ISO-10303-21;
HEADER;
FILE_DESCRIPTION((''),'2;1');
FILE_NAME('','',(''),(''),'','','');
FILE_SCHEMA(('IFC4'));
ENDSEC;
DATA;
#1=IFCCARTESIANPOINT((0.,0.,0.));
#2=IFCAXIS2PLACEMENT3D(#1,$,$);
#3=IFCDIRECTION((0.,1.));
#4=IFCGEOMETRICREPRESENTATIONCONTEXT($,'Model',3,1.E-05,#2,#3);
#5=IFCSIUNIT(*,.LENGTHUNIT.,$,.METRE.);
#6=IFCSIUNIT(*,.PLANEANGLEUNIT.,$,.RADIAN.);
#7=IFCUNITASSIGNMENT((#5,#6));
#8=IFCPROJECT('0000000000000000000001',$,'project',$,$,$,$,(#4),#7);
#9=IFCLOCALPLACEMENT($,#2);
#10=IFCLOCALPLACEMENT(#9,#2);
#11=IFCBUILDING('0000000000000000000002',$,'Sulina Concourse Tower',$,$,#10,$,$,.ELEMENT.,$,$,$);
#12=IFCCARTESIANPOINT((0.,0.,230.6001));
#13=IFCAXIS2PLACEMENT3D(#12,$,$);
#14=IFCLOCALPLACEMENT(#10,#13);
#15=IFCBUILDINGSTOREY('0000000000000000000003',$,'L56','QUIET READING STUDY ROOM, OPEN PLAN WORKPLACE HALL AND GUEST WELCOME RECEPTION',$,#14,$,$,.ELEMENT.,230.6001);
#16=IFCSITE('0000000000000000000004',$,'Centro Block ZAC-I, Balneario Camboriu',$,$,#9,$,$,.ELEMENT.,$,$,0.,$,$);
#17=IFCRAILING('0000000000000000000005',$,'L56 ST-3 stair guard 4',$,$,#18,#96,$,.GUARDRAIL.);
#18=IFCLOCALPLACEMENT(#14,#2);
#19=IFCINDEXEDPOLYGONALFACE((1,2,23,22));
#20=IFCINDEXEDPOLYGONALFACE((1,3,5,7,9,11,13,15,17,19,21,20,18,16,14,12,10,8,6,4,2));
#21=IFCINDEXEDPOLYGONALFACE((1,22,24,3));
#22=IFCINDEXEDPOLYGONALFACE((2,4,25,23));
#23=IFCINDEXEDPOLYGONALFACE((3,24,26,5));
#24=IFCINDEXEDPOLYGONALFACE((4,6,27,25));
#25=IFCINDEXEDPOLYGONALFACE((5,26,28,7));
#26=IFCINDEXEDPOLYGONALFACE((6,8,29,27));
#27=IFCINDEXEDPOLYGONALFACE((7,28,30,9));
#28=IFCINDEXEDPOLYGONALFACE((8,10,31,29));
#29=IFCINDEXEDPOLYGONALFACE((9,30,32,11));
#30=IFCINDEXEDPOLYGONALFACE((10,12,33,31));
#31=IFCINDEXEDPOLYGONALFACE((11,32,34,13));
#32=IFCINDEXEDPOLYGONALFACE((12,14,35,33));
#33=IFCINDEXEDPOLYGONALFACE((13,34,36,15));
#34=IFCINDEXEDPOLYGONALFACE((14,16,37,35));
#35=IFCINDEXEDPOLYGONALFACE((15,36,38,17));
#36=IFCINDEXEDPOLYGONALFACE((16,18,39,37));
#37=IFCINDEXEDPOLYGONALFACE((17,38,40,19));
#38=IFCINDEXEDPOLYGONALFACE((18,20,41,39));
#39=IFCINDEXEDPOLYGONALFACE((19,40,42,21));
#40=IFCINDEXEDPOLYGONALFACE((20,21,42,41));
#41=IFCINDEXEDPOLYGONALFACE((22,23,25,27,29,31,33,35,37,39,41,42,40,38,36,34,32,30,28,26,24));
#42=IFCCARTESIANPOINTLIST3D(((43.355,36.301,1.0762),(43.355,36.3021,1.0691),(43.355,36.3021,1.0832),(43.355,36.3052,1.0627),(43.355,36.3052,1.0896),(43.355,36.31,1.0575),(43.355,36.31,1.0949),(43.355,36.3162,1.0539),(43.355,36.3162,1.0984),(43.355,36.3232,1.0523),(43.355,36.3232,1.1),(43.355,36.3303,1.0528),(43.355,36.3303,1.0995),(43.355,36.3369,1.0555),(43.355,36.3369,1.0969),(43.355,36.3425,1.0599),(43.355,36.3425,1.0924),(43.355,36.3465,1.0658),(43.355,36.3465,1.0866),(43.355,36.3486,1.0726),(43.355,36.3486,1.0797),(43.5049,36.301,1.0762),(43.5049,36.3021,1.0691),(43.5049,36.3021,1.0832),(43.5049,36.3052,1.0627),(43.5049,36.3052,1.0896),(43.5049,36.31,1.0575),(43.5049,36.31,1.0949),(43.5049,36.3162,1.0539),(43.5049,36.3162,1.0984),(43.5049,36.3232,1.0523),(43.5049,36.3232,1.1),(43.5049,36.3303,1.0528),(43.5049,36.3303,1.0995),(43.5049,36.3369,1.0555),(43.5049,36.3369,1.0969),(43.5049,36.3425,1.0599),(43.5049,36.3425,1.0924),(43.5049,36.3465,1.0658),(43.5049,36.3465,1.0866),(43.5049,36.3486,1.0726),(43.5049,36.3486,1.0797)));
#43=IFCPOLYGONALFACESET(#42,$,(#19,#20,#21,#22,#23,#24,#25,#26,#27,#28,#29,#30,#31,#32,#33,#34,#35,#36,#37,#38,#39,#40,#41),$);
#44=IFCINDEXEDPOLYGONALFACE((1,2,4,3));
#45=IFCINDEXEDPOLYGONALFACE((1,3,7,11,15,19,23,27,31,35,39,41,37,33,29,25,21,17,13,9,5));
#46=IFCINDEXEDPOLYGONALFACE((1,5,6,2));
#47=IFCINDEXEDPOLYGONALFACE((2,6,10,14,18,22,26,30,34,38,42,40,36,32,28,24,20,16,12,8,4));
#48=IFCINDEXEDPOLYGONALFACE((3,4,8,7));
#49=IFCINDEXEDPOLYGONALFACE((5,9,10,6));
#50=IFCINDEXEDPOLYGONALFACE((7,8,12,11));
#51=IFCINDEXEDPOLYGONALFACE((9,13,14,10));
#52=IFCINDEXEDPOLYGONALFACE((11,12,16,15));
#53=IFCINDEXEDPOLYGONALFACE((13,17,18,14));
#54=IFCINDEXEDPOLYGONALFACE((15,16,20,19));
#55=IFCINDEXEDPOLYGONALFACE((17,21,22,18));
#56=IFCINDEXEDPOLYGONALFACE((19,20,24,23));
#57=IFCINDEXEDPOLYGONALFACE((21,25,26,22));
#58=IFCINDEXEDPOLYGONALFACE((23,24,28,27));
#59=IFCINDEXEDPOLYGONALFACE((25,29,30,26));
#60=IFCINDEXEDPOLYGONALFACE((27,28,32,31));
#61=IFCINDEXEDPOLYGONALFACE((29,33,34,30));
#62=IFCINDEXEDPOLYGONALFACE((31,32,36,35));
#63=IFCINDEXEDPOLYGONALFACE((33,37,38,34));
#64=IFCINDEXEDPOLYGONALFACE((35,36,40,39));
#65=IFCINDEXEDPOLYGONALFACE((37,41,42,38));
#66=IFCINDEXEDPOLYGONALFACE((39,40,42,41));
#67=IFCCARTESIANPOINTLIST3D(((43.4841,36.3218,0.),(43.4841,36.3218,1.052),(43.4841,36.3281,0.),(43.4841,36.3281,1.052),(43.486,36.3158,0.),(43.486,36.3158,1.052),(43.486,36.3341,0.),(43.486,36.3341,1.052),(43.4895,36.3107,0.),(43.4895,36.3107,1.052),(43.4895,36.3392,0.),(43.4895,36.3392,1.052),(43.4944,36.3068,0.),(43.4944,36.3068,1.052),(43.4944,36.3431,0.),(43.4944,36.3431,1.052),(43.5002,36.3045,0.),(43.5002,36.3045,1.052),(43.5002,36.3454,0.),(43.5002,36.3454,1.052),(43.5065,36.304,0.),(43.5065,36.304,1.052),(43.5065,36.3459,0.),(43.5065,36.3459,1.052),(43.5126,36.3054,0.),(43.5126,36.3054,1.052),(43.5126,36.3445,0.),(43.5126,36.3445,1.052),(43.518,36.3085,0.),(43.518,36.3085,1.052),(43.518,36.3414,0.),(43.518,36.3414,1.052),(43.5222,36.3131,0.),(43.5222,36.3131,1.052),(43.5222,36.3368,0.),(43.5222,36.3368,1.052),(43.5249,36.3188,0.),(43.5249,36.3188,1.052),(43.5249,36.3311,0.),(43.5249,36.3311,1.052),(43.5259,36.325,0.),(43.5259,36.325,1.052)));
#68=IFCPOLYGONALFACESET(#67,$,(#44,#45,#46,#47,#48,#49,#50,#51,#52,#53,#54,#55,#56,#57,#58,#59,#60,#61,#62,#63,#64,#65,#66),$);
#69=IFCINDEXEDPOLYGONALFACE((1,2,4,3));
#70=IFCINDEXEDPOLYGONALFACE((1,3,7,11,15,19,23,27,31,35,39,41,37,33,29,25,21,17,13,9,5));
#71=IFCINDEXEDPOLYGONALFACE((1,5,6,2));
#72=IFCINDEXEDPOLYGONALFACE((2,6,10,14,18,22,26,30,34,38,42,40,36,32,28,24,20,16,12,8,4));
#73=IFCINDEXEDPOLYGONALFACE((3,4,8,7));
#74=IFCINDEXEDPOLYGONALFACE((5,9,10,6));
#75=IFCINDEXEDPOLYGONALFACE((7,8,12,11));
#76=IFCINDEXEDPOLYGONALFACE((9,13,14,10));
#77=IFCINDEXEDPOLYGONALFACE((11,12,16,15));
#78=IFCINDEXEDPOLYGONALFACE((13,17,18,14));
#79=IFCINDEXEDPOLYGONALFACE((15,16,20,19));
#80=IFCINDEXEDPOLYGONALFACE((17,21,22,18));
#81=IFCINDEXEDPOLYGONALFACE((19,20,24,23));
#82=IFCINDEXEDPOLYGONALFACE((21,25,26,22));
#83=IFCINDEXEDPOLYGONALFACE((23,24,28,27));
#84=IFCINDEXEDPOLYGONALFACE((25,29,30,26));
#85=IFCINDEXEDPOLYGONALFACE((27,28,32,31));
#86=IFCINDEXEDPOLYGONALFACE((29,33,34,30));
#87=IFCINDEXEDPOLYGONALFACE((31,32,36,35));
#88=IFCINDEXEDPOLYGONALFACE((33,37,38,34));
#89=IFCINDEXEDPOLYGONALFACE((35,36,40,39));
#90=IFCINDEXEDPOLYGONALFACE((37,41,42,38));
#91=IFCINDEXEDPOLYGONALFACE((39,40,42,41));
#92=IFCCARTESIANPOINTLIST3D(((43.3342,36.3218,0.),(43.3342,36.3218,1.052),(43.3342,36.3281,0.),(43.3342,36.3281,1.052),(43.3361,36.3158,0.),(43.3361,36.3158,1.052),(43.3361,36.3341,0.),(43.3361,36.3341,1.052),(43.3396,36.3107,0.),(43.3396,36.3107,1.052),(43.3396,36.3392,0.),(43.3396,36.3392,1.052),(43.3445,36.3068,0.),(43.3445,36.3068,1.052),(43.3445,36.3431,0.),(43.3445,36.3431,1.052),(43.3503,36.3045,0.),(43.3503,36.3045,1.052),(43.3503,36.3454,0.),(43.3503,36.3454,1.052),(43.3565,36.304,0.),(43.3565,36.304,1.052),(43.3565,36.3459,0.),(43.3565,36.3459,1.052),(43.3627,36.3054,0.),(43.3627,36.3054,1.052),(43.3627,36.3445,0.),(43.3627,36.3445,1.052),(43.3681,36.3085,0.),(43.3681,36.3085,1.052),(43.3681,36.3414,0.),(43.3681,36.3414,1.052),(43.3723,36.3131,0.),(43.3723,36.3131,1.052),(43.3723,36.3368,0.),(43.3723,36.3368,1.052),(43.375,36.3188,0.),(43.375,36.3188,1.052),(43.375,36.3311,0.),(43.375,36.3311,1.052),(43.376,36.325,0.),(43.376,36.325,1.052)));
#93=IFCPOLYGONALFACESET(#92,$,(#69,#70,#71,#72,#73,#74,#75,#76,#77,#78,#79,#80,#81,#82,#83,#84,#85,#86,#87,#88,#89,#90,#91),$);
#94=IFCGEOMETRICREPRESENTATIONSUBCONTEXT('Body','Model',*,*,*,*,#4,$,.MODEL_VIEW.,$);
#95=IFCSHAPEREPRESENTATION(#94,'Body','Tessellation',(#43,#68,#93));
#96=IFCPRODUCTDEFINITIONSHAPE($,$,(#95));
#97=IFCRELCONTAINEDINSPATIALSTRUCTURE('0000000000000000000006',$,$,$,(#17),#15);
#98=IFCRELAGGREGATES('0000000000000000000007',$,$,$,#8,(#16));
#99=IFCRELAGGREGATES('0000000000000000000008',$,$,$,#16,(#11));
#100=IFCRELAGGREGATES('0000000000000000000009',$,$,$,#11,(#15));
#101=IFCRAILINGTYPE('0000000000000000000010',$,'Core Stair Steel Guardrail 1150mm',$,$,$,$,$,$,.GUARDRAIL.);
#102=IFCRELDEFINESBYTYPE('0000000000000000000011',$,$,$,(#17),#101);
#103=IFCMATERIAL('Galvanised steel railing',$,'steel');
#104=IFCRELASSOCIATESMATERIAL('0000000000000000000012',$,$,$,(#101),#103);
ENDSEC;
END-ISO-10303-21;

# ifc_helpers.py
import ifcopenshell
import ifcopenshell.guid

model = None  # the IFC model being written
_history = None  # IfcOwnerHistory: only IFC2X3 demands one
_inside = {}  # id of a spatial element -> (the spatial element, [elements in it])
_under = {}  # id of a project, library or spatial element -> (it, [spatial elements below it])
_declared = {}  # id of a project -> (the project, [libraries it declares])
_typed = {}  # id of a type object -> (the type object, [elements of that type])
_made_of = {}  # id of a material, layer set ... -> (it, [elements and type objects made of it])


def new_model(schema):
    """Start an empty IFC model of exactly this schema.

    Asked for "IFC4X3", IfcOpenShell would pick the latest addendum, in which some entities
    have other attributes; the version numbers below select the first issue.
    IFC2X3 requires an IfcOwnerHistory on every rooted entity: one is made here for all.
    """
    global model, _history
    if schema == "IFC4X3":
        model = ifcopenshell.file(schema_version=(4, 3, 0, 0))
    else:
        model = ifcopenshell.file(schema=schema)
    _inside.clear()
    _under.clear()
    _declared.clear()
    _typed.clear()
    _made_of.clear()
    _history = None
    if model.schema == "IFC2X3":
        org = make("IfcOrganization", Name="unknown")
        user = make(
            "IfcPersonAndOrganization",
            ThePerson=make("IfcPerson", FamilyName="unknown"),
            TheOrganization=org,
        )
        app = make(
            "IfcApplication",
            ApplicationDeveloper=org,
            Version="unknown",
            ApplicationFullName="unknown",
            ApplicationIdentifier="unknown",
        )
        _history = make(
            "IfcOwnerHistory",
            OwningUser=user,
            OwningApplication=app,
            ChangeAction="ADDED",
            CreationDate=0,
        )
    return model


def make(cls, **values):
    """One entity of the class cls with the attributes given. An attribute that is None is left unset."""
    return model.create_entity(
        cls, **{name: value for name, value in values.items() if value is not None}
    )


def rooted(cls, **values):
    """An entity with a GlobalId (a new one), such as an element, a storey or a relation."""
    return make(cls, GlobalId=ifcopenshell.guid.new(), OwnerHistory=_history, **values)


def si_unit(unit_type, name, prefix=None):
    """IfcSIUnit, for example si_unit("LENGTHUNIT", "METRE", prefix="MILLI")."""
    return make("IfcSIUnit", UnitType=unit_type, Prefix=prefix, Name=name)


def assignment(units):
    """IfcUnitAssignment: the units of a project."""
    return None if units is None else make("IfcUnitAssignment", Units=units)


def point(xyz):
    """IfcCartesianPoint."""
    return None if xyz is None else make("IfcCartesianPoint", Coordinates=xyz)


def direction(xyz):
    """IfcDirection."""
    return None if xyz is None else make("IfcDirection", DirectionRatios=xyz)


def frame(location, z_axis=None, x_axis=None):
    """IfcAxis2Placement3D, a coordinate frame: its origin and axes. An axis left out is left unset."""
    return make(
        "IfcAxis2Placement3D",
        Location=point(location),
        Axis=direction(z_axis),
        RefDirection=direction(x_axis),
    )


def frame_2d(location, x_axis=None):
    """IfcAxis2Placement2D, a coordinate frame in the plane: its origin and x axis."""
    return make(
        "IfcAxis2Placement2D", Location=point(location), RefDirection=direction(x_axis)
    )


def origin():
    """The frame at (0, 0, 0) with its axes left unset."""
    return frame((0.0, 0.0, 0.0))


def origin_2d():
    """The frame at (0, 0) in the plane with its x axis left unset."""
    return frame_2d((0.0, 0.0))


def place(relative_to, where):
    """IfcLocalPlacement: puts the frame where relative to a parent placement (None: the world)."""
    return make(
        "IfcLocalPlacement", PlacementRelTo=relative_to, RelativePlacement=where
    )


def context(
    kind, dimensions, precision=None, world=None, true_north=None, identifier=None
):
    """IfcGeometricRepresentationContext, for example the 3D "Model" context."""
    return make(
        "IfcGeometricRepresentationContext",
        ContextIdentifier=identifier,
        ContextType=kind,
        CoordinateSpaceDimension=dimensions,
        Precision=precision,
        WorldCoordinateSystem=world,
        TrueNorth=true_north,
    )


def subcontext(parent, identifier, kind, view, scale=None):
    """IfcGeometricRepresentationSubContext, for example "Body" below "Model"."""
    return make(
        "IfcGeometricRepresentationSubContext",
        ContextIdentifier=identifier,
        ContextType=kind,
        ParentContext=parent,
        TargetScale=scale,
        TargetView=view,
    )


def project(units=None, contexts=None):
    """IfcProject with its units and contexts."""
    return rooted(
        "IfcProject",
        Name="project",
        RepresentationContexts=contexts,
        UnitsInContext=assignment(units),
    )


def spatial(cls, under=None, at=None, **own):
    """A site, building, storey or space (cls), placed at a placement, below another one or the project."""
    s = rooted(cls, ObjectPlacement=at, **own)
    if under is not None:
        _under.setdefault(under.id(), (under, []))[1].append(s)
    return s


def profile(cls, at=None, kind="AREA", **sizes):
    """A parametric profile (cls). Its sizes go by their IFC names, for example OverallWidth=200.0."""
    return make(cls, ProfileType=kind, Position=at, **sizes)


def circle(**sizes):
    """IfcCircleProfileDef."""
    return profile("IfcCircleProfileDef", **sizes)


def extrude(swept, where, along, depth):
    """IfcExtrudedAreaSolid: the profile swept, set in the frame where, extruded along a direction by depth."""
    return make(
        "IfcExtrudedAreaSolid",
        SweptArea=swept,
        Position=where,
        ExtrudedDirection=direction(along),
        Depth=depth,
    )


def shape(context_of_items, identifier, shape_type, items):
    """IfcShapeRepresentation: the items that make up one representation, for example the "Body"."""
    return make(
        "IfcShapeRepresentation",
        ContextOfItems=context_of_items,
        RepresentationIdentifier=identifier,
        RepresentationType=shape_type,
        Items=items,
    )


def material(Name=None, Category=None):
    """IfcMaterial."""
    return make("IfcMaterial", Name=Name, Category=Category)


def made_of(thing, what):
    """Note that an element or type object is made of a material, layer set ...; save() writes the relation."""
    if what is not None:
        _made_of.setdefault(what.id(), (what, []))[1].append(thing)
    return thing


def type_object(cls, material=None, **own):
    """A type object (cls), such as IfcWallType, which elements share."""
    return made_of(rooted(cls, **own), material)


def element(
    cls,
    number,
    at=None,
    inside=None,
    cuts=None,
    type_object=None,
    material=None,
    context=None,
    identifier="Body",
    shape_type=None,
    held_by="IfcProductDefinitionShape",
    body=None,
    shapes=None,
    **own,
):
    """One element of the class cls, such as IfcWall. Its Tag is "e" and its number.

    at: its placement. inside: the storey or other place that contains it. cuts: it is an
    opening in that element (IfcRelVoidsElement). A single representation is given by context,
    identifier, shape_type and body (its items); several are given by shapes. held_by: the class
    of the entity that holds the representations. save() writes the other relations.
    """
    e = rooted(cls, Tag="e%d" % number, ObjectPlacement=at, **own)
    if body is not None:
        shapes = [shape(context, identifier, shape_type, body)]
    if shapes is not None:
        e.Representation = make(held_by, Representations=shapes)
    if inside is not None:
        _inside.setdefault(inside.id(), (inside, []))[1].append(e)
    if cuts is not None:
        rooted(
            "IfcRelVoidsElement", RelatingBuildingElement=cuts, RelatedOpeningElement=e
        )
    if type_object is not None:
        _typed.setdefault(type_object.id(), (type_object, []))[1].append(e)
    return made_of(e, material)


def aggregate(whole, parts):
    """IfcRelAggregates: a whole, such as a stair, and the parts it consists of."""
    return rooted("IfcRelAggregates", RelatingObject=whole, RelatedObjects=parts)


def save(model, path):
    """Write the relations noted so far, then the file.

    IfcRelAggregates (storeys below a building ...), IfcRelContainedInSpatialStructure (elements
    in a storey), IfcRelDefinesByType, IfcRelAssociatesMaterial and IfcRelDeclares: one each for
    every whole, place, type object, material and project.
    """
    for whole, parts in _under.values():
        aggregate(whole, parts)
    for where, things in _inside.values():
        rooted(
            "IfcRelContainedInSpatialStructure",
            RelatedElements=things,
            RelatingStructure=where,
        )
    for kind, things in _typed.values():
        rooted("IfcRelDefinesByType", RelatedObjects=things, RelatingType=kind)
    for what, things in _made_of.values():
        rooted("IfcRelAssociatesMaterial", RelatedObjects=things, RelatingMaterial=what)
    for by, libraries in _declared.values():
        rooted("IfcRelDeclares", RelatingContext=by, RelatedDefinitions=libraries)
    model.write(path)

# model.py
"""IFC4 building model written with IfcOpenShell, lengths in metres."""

from ifc_helpers import new_model, si_unit, direction, frame, origin, origin_2d, place, context, subcontext, project, spatial, circle, extrude, material, type_object, element, save


model = new_model("IFC4")

# Units and contexts
model_context = context("Model", 3, precision=1e-05, world=origin(), true_north=direction((0.0, 1.0)))
body_context = subcontext(model_context, "Body", "Model", "MODEL_VIEW")
ifc_project = project(units=[si_unit("LENGTHUNIT", "METRE"), si_unit("PLANEANGLEUNIT", "RADIAN")], contexts=[model_context])

# Site, building, storey
site_placement = place(None, origin())
site = spatial("IfcSite", under=ifc_project, at=site_placement, Name="Centro Block ZAC-I, Balneario Camboriu", CompositionType="ELEMENT", RefElevation=0.0)
building_placement = place(site_placement, origin())
building = spatial("IfcBuilding", under=site, at=building_placement, Name="Sulina Concourse Tower", CompositionType="ELEMENT")
storey_placement = place(building_placement, frame((0.0, 0.0, 230.6001)))
storey = spatial("IfcBuildingStorey", under=building, at=storey_placement, Name="L56", Description="QUIET READING STUDY ROOM, OPEN PLAN WORKPLACE HALL AND GUEST WELCOME RECEPTION", CompositionType="ELEMENT", Elevation=230.6001)

# Railing
ifc_material_1 = material(Name="Galvanised steel railing", Category="steel")
railing_type_1 = type_object("IfcRailingType", Name="Core Stair Steel Guardrail 1150mm", PredefinedType="GUARDRAIL", material=ifc_material_1)
railing_1_placement = place(storey_placement, frame((43.5049, 36.325, 0.0)))
element("IfcRailing", 1, at=railing_1_placement, inside=storey, type_object=railing_type_1, Name="L56 ST-3 stair guard 4", PredefinedType="GUARDRAIL", context=body_context, shape_type="SweptSolid", body=[
    extrude(circle(Radius=0.0239, at=origin_2d()), frame((0.0, 0.0, 1.0762), z_axis=(-1.0, 0.0, 0.0), x_axis=(0.0, -1.0, 0.0)), (0.0, 0.0, 1.0), 0.1499),
    extrude(circle(Radius=0.021, at=origin_2d()), origin(), (0.0, 0.0, 1.0), 1.052),
    extrude(circle(Radius=0.021, at=origin_2d()), frame((-0.1499, 0.0, 0.0)), (0.0, 0.0, 1.0), 1.052),
])

save(model, "model.ifc")
